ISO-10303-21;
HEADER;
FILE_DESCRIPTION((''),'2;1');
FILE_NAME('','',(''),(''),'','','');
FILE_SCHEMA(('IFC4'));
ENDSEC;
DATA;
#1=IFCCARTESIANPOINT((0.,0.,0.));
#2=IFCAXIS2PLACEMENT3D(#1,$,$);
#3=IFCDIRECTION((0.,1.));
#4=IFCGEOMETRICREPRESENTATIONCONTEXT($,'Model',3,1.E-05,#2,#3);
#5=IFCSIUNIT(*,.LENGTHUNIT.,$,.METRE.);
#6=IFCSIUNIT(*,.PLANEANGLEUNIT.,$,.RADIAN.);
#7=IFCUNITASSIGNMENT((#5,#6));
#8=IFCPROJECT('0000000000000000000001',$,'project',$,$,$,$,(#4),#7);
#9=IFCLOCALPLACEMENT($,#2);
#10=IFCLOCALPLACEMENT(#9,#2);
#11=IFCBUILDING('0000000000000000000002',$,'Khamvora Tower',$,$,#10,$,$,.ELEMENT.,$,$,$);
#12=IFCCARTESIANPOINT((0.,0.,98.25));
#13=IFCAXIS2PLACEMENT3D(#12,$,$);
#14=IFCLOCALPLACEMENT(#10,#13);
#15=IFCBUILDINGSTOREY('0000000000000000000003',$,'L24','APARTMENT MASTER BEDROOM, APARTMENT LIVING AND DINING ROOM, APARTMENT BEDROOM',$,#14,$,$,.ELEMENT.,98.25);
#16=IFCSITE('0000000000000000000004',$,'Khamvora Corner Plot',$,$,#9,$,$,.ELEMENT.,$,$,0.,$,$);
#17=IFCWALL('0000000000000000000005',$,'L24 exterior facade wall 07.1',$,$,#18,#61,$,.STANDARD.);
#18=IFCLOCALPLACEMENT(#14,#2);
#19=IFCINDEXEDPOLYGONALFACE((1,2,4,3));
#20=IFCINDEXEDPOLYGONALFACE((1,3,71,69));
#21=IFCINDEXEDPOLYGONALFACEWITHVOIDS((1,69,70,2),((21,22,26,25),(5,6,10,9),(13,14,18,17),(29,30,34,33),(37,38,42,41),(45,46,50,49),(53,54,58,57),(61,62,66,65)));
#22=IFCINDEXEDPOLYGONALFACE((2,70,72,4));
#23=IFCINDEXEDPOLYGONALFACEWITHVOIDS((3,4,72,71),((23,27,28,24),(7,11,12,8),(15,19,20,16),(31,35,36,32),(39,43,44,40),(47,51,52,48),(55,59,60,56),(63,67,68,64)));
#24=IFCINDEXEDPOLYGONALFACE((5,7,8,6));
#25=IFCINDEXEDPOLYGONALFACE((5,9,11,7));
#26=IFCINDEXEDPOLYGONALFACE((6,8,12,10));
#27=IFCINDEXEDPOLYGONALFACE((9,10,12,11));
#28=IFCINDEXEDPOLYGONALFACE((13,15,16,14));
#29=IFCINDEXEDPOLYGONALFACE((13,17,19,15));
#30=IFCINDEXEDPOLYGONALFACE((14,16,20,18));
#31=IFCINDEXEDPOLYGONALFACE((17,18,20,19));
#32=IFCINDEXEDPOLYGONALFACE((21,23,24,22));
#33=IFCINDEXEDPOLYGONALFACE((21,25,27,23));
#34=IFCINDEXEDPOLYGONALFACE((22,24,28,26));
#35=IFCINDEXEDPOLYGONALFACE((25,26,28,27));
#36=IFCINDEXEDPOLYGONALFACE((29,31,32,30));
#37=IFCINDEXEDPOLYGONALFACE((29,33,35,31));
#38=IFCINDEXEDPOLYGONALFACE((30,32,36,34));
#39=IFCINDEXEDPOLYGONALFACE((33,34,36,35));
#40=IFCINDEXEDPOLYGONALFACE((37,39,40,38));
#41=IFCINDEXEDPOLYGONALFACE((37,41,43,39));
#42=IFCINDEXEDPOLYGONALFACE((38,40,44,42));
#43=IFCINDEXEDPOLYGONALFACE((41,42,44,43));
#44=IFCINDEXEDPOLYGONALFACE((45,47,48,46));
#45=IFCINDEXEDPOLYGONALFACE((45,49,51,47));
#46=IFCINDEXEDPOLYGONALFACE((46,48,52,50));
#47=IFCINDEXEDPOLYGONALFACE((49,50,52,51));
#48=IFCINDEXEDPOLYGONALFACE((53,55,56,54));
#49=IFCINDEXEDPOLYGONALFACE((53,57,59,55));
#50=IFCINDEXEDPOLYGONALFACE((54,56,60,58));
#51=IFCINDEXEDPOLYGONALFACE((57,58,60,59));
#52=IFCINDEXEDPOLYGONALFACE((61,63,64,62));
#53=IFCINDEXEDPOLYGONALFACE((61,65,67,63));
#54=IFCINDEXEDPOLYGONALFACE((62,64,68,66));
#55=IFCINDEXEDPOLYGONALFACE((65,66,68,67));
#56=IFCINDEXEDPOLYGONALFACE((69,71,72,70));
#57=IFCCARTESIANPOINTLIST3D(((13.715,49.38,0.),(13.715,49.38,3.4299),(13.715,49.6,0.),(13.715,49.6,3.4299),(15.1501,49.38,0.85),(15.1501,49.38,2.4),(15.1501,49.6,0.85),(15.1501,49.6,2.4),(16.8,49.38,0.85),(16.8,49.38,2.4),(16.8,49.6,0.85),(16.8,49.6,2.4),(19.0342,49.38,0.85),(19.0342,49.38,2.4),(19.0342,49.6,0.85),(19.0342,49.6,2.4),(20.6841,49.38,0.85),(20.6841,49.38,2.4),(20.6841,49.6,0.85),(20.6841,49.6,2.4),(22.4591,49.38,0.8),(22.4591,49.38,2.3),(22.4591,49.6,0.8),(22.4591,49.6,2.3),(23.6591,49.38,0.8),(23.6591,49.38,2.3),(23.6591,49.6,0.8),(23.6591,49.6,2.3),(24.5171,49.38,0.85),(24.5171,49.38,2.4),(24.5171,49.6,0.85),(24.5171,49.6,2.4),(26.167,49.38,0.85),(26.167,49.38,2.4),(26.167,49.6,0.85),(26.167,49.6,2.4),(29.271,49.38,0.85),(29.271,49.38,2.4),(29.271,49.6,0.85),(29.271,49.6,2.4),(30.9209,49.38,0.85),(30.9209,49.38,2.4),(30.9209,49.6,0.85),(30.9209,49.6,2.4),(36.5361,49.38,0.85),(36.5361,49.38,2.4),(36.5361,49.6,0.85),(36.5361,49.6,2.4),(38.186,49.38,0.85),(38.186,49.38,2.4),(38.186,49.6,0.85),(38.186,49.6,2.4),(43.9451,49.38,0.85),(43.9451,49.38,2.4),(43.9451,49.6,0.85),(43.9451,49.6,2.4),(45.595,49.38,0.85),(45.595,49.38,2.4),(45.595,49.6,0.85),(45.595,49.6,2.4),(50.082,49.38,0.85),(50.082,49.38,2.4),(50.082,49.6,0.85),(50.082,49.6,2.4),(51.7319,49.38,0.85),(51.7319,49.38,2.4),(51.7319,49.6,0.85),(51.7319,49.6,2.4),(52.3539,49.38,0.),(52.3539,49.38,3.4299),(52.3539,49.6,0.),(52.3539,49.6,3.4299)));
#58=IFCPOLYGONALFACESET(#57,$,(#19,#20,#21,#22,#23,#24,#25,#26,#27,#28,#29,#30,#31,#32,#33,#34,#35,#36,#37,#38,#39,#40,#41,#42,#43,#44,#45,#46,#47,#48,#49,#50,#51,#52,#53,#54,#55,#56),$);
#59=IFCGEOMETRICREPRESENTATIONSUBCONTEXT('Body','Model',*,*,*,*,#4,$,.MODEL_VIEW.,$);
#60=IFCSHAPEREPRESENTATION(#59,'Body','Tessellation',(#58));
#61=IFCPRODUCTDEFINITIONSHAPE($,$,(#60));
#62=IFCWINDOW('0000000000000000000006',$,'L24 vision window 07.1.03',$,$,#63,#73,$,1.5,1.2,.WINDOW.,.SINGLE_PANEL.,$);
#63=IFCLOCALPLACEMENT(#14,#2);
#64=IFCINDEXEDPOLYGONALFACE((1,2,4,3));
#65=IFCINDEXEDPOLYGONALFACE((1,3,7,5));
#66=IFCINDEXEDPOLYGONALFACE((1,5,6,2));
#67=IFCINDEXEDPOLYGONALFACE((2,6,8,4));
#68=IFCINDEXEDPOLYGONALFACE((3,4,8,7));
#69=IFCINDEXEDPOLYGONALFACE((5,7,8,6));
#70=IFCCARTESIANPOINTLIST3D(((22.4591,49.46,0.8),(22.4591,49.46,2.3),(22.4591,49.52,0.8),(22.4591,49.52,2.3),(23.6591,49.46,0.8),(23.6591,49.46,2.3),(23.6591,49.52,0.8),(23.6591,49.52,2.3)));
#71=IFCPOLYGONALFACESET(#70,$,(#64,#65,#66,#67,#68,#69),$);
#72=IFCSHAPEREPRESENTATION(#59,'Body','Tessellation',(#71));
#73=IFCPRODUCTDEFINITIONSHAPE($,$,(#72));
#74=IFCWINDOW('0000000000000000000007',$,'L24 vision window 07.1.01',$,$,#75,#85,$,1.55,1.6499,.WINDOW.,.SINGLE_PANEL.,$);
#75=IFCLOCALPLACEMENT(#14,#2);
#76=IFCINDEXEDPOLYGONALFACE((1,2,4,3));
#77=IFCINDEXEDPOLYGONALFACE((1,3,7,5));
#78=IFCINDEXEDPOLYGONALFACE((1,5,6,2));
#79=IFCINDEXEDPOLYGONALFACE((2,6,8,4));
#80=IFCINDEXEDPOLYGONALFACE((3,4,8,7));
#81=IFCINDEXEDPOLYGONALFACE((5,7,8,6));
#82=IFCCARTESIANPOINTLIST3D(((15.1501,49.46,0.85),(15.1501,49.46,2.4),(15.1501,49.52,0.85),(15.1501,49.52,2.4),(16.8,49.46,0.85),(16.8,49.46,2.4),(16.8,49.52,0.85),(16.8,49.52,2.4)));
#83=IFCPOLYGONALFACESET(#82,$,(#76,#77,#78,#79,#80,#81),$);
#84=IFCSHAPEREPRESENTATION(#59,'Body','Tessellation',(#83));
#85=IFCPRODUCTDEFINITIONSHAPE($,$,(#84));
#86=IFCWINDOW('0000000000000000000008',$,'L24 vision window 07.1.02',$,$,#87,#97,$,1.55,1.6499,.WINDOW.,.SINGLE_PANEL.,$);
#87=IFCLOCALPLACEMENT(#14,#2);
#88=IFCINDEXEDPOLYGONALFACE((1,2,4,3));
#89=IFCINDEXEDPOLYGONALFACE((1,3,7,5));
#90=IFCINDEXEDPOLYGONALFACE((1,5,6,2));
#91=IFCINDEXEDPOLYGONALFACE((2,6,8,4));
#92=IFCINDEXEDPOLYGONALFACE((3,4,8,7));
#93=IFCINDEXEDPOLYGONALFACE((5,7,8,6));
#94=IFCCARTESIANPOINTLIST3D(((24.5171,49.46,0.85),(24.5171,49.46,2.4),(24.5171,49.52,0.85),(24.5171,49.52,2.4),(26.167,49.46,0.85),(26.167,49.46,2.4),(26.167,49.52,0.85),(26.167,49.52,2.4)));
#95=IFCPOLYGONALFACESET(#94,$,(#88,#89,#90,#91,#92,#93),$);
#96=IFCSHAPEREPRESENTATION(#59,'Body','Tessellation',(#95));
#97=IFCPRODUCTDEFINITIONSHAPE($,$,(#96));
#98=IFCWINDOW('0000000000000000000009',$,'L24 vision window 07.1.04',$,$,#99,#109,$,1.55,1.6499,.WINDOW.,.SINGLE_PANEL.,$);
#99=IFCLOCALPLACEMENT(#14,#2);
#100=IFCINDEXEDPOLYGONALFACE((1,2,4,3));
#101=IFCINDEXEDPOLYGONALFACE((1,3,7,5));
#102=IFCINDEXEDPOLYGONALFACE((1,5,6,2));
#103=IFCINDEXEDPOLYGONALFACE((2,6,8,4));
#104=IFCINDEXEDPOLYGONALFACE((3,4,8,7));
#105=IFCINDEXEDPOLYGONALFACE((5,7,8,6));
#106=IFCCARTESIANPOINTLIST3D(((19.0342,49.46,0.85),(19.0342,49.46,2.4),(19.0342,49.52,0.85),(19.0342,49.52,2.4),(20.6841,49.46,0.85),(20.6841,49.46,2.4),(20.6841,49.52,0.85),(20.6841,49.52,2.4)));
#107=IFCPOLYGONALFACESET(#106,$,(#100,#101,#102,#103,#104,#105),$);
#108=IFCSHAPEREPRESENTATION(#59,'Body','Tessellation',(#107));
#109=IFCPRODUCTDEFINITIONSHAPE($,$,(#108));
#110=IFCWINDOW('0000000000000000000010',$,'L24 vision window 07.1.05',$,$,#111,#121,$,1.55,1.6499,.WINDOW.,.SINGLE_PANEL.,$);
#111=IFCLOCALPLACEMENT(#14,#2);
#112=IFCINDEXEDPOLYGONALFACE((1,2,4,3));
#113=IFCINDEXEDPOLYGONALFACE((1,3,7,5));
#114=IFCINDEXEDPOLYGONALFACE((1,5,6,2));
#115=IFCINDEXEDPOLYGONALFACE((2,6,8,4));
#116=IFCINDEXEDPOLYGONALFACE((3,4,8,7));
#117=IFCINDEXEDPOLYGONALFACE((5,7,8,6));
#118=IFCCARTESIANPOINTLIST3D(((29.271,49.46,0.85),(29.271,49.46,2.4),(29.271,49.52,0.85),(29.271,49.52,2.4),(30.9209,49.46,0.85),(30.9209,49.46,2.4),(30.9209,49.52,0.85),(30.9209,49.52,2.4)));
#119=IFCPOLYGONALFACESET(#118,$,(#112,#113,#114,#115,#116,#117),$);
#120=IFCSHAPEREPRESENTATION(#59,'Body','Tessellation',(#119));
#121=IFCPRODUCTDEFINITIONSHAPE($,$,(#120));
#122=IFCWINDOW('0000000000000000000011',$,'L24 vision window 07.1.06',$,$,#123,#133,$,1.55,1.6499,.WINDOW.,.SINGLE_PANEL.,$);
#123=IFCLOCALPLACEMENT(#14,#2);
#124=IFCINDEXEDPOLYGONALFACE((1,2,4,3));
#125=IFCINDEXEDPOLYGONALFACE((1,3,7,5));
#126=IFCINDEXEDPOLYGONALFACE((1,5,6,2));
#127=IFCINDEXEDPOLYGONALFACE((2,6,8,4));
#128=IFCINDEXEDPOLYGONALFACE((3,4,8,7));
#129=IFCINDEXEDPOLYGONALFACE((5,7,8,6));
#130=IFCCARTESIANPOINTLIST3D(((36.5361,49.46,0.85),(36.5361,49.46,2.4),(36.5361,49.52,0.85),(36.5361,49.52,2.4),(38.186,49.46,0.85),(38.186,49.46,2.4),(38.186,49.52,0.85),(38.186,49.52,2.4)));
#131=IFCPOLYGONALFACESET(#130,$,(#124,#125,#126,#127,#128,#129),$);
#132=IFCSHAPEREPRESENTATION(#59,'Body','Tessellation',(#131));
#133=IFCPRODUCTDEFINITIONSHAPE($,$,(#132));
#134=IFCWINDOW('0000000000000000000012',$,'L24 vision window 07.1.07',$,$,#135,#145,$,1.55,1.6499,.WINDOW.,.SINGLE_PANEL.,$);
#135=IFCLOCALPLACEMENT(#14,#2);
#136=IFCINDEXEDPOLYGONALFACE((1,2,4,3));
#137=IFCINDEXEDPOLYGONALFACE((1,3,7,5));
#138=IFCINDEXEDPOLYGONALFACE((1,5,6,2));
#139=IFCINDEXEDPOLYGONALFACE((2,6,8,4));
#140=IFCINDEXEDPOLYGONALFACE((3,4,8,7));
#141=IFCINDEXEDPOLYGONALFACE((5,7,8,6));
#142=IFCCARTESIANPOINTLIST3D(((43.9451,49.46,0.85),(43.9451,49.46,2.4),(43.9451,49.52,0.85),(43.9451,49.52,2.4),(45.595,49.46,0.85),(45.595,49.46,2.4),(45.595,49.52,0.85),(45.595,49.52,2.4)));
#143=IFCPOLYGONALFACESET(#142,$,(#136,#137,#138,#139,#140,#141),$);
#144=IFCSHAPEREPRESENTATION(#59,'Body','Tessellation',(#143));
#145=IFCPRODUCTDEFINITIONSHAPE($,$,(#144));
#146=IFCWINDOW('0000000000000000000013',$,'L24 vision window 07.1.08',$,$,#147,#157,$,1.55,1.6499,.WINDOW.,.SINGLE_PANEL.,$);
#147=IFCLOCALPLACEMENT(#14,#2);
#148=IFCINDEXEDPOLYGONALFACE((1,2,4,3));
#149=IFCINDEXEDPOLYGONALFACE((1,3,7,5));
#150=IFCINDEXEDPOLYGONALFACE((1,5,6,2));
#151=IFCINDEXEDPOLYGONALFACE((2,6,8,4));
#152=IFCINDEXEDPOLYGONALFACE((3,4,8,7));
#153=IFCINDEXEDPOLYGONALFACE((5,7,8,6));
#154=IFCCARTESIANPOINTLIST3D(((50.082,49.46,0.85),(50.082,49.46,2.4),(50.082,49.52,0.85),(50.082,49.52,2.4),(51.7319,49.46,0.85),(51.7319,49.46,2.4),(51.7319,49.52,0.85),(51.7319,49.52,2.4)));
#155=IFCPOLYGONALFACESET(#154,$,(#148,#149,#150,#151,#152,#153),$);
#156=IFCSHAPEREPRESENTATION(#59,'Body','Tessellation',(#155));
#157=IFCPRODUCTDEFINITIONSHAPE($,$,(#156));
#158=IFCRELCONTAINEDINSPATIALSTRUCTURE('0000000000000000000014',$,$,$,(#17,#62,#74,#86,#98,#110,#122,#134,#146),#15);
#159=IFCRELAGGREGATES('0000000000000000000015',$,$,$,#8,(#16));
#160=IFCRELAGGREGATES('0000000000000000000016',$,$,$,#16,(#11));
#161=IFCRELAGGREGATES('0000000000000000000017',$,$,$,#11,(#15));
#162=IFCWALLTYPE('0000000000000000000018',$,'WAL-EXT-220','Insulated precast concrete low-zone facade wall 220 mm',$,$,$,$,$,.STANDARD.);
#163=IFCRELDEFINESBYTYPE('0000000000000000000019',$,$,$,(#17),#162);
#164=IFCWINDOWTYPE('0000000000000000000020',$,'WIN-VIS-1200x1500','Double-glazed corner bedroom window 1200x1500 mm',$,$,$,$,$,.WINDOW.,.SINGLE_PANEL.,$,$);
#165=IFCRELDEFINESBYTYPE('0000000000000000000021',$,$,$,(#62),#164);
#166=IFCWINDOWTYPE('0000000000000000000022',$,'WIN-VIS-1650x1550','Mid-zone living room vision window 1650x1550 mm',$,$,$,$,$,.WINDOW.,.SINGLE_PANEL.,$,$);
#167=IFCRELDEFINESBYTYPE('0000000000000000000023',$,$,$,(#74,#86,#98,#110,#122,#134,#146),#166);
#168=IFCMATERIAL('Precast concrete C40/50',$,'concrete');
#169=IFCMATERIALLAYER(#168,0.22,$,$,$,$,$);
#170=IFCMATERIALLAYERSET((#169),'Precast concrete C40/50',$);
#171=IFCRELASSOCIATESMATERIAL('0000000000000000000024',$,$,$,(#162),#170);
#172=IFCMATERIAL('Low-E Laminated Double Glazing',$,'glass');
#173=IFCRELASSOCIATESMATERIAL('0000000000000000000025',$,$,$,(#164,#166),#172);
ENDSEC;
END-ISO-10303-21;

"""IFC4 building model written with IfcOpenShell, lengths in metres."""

from ifc_helpers import new_model, si_unit, direction, frame, frame_2d, origin, place, context, subcontext, project, spatial, rectangle, extrude, material, layer, layer_set, type_object, element, fill, save


model = new_model("IFC4")

# Units and contexts
model_context = context("Model", 3, precision=1e-05, world=origin(), true_north=direction((0.0, 1.0)))
body_context = subcontext(model_context, "Body", "Model", "MODEL_VIEW")
ifc_project = project(units=[si_unit("LENGTHUNIT", "METRE"), si_unit("PLANEANGLEUNIT", "RADIAN")], contexts=[model_context])

# Site, building, storey
site_placement = place(None, origin())
site = spatial("IfcSite", under=ifc_project, at=site_placement, Name="Khamvora Corner Plot", CompositionType="ELEMENT", RefElevation=0.0)
building_placement = place(site_placement, origin())
building = spatial("IfcBuilding", under=site, at=building_placement, Name="Khamvora Tower", CompositionType="ELEMENT")
storey_placement = place(building_placement, frame((0.0, 0.0, 98.25)))
storey = spatial("IfcBuildingStorey", under=building, at=storey_placement, Name="L24", Description="APARTMENT MASTER BEDROOM, APARTMENT LIVING AND DINING ROOM, APARTMENT BEDROOM", CompositionType="ELEMENT", Elevation=98.25)

# Shared definitions
ifc_material_1 = material(Name="Low-E Laminated Double Glazing", Category="glass")

# Shared definitions
ifc_material_2 = material(Name="Precast concrete C40/50", Category="concrete")
ifc_layer_1 = layer(ifc_material_2, 0.22)
ifc_layer_set_1 = layer_set([ifc_layer_1], Name="Precast concrete C40/50")
wall_type_1 = type_object("IfcWallType", Name="WAL-EXT-220", Description="Insulated precast concrete low-zone facade wall 220 mm", PredefinedType="STANDARD", material=ifc_layer_set_1)

# Wall, openings, windows
wall_1_placement = place(storey_placement, frame((13.7151, 49.49, 0.0), z_axis=(0.0, 0.0, 1.0), x_axis=(1.0, 0.0, 0.0)))
wall_1 = element("IfcWall", 1, at=wall_1_placement, inside=storey, type_object=wall_type_1, Name="L24 exterior facade wall 07.1", PredefinedType="STANDARD", context=body_context, shape_type="SweptSolid", body=[
    extrude(rectangle(XDim=38.6389, YDim=0.22, at=frame_2d((19.3193, 0.0))), origin(), (0.0, 0.0, 1.0), 3.4299),
])
opening_1_placement = place(wall_1_placement, frame((1.4351, 0.0, 0.8501)))
opening_1 = element("IfcOpeningElement", 2, at=opening_1_placement, cuts=wall_1, PredefinedType="OPENING", context=body_context, shape_type="SweptSolid", body=[
    extrude(rectangle(XDim=1.6499, YDim=1.55, at=frame_2d((0.825, 0.7749))), frame((0.0, 0.1199, 0.0), z_axis=(0.0, -1.0, 0.0), x_axis=(1.0, 0.0, 0.0)), (0.0, 0.0, 1.0), 0.24),
])
opening_2_placement = place(wall_1_placement, frame((10.802, 0.0, 0.8501)))
opening_2 = element("IfcOpeningElement", 3, at=opening_2_placement, cuts=wall_1, PredefinedType="OPENING", context=body_context, shape_type="SweptSolid", body=[
    extrude(rectangle(XDim=1.6499, YDim=1.55, at=frame_2d((0.825, 0.7749))), frame((0.0, 0.1199, 0.0), z_axis=(0.0, -1.0, 0.0), x_axis=(1.0, 0.0, 0.0)), (0.0, 0.0, 1.0), 0.24),
])
opening_3_placement = place(wall_1_placement, frame((8.7439, 0.0, 0.8)))
opening_3 = element("IfcOpeningElement", 4, at=opening_3_placement, cuts=wall_1, PredefinedType="OPENING", context=body_context, shape_type="SweptSolid", body=[
    extrude(rectangle(XDim=1.2, YDim=1.5, at=frame_2d((0.6001, 0.75))), frame((0.0, 0.1199, 0.0), z_axis=(0.0, -1.0, 0.0), x_axis=(1.0, 0.0, 0.0)), (0.0, 0.0, 1.0), 0.24),
])
opening_4_placement = place(wall_1_placement, frame((5.3191, 0.0, 0.8501)))
opening_4 = element("IfcOpeningElement", 5, at=opening_4_placement, cuts=wall_1, PredefinedType="OPENING", context=body_context, shape_type="SweptSolid", body=[
    extrude(rectangle(XDim=1.6499, YDim=1.55, at=frame_2d((0.825, 0.7749))), frame((0.0, 0.1199, 0.0), z_axis=(0.0, -1.0, 0.0), x_axis=(1.0, 0.0, 0.0)), (0.0, 0.0, 1.0), 0.24),
])
opening_5_placement = place(wall_1_placement, frame((15.5559, 0.0, 0.8501)))
opening_5 = element("IfcOpeningElement", 6, at=opening_5_placement, cuts=wall_1, PredefinedType="OPENING", context=body_context, shape_type="SweptSolid", body=[
    extrude(rectangle(XDim=1.6499, YDim=1.55, at=frame_2d((0.825, 0.7749))), frame((0.0, 0.1199, 0.0), z_axis=(0.0, -1.0, 0.0), x_axis=(1.0, 0.0, 0.0)), (0.0, 0.0, 1.0), 0.24),
])
opening_6_placement = place(wall_1_placement, frame((22.821, 0.0, 0.8501)))
opening_6 = element("IfcOpeningElement", 7, at=opening_6_placement, cuts=wall_1, PredefinedType="OPENING", context=body_context, shape_type="SweptSolid", body=[
    extrude(rectangle(XDim=1.6499, YDim=1.55, at=frame_2d((0.825, 0.7749))), frame((0.0, 0.1199, 0.0), z_axis=(0.0, -1.0, 0.0), x_axis=(1.0, 0.0, 0.0)), (0.0, 0.0, 1.0), 0.24),
])
opening_7_placement = place(wall_1_placement, frame((30.23, 0.0, 0.8501)))
opening_7 = element("IfcOpeningElement", 8, at=opening_7_placement, cuts=wall_1, PredefinedType="OPENING", context=body_context, shape_type="SweptSolid", body=[
    extrude(rectangle(XDim=1.6499, YDim=1.55, at=frame_2d((0.825, 0.7749))), frame((0.0, 0.1199, 0.0), z_axis=(0.0, -1.0, 0.0), x_axis=(1.0, 0.0, 0.0)), (0.0, 0.0, 1.0), 0.24),
])
opening_8_placement = place(wall_1_placement, frame((36.3669, 0.0, 0.8501)))
opening_8 = element("IfcOpeningElement", 9, at=opening_8_placement, cuts=wall_1, PredefinedType="OPENING", context=body_context, shape_type="SweptSolid", body=[
    extrude(rectangle(XDim=1.6499, YDim=1.55, at=frame_2d((0.825, 0.7749))), frame((0.0, 0.1199, 0.0), z_axis=(0.0, -1.0, 0.0), x_axis=(1.0, 0.0, 0.0)), (0.0, 0.0, 1.0), 0.24),
])
window_type_1 = type_object("IfcWindowType", Name="WIN-VIS-1200x1500", Description="Double-glazed corner bedroom window 1200x1500 mm", PartitioningType="SINGLE_PANEL", PredefinedType="WINDOW", material=ifc_material_1)
window_1_placement = place(opening_3_placement, origin())
window_1 = element("IfcWindow", 10, at=window_1_placement, inside=storey, type_object=window_type_1, Name="L24 vision window 07.1.03", OverallHeight=1.5, OverallWidth=1.2, PartitioningType="SINGLE_PANEL", PredefinedType="WINDOW", context=body_context, shape_type="SweptSolid", body=[
    extrude(rectangle(XDim=1.2, YDim=1.5, at=frame_2d((0.6001, 0.75))), frame((0.0, 0.03, 0.0), z_axis=(0.0, -1.0, 0.0), x_axis=(1.0, 0.0, 0.0)), (0.0, 0.0, 1.0), 0.0601),
])
fill(opening_3, window_1)
window_type_2 = type_object("IfcWindowType", Name="WIN-VIS-1650x1550", Description="Mid-zone living room vision window 1650x1550 mm", PartitioningType="SINGLE_PANEL", PredefinedType="WINDOW", material=ifc_material_1)
window_2_placement = place(opening_1_placement, origin())
window_2 = element("IfcWindow", 11, at=window_2_placement, inside=storey, type_object=window_type_2, Name="L24 vision window 07.1.01", OverallHeight=1.55, OverallWidth=1.6499, PartitioningType="SINGLE_PANEL", PredefinedType="WINDOW", context=body_context, shape_type="SweptSolid", body=[
    extrude(rectangle(XDim=1.6499, YDim=1.55, at=frame_2d((0.825, 0.7749))), frame((0.0, 0.03, 0.0), z_axis=(0.0, -1.0, 0.0), x_axis=(1.0, 0.0, 0.0)), (0.0, 0.0, 1.0), 0.0601),
])
fill(opening_1, window_2)
window_3_placement = place(opening_2_placement, origin())
window_3 = element("IfcWindow", 12, at=window_3_placement, inside=storey, type_object=window_type_2, Name="L24 vision window 07.1.02", OverallHeight=1.55, OverallWidth=1.6499, PartitioningType="SINGLE_PANEL", PredefinedType="WINDOW", context=body_context, shape_type="SweptSolid", body=[
    extrude(rectangle(XDim=1.6499, YDim=1.55, at=frame_2d((0.825, 0.7749))), frame((0.0, 0.03, 0.0), z_axis=(0.0, -1.0, 0.0), x_axis=(1.0, 0.0, 0.0)), (0.0, 0.0, 1.0), 0.0601),
])
fill(opening_2, window_3)
window_4_placement = place(opening_4_placement, origin())
window_4 = element("IfcWindow", 13, at=window_4_placement, inside=storey, type_object=window_type_2, Name="L24 vision window 07.1.04", OverallHeight=1.55, OverallWidth=1.6499, PartitioningType="SINGLE_PANEL", PredefinedType="WINDOW", context=body_context, shape_type="SweptSolid", body=[
    extrude(rectangle(XDim=1.6499, YDim=1.55, at=frame_2d((0.825, 0.7749))), frame((0.0, 0.03, 0.0), z_axis=(0.0, -1.0, 0.0), x_axis=(1.0, 0.0, 0.0)), (0.0, 0.0, 1.0), 0.0601),
])
fill(opening_4, window_4)
window_5_placement = place(opening_5_placement, origin())
window_5 = element("IfcWindow", 14, at=window_5_placement, inside=storey, type_object=window_type_2, Name="L24 vision window 07.1.05", OverallHeight=1.55, OverallWidth=1.6499, PartitioningType="SINGLE_PANEL", PredefinedType="WINDOW", context=body_context, shape_type="SweptSolid", body=[
    extrude(rectangle(XDim=1.6499, YDim=1.55, at=frame_2d((0.825, 0.7749))), frame((0.0, 0.03, 0.0), z_axis=(0.0, -1.0, 0.0), x_axis=(1.0, 0.0, 0.0)), (0.0, 0.0, 1.0), 0.0601),
])
fill(opening_5, window_5)
window_6_placement = place(opening_6_placement, origin())
window_6 = element("IfcWindow", 15, at=window_6_placement, inside=storey, type_object=window_type_2, Name="L24 vision window 07.1.06", OverallHeight=1.55, OverallWidth=1.6499, PartitioningType="SINGLE_PANEL", PredefinedType="WINDOW", context=body_context, shape_type="SweptSolid", body=[
    extrude(rectangle(XDim=1.6499, YDim=1.55, at=frame_2d((0.825, 0.7749))), frame((0.0, 0.03, 0.0), z_axis=(0.0, -1.0, 0.0), x_axis=(1.0, 0.0, 0.0)), (0.0, 0.0, 1.0), 0.0601),
])
fill(opening_6, window_6)
window_7_placement = place(opening_7_placement, origin())
window_7 = element("IfcWindow", 16, at=window_7_placement, inside=storey, type_object=window_type_2, Name="L24 vision window 07.1.07", OverallHeight=1.55, OverallWidth=1.6499, PartitioningType="SINGLE_PANEL", PredefinedType="WINDOW", context=body_context, shape_type="SweptSolid", body=[
    extrude(rectangle(XDim=1.6499, YDim=1.55, at=frame_2d((0.825, 0.7749))), frame((0.0, 0.03, 0.0), z_axis=(0.0, -1.0, 0.0), x_axis=(1.0, 0.0, 0.0)), (0.0, 0.0, 1.0), 0.0601),
])
fill(opening_7, window_7)
window_8_placement = place(opening_8_placement, origin())
window_8 = element("IfcWindow", 17, at=window_8_placement, inside=storey, type_object=window_type_2, Name="L24 vision window 07.1.08", OverallHeight=1.55, OverallWidth=1.6499, PartitioningType="SINGLE_PANEL", PredefinedType="WINDOW", context=body_context, shape_type="SweptSolid", body=[
    extrude(rectangle(XDim=1.6499, YDim=1.55, at=frame_2d((0.825, 0.7749))), frame((0.0, 0.03, 0.0), z_axis=(0.0, -1.0, 0.0), x_axis=(1.0, 0.0, 0.0)), (0.0, 0.0, 1.0), 0.0601),
])
fill(opening_8, window_8)

save(model, "model.ifc")
